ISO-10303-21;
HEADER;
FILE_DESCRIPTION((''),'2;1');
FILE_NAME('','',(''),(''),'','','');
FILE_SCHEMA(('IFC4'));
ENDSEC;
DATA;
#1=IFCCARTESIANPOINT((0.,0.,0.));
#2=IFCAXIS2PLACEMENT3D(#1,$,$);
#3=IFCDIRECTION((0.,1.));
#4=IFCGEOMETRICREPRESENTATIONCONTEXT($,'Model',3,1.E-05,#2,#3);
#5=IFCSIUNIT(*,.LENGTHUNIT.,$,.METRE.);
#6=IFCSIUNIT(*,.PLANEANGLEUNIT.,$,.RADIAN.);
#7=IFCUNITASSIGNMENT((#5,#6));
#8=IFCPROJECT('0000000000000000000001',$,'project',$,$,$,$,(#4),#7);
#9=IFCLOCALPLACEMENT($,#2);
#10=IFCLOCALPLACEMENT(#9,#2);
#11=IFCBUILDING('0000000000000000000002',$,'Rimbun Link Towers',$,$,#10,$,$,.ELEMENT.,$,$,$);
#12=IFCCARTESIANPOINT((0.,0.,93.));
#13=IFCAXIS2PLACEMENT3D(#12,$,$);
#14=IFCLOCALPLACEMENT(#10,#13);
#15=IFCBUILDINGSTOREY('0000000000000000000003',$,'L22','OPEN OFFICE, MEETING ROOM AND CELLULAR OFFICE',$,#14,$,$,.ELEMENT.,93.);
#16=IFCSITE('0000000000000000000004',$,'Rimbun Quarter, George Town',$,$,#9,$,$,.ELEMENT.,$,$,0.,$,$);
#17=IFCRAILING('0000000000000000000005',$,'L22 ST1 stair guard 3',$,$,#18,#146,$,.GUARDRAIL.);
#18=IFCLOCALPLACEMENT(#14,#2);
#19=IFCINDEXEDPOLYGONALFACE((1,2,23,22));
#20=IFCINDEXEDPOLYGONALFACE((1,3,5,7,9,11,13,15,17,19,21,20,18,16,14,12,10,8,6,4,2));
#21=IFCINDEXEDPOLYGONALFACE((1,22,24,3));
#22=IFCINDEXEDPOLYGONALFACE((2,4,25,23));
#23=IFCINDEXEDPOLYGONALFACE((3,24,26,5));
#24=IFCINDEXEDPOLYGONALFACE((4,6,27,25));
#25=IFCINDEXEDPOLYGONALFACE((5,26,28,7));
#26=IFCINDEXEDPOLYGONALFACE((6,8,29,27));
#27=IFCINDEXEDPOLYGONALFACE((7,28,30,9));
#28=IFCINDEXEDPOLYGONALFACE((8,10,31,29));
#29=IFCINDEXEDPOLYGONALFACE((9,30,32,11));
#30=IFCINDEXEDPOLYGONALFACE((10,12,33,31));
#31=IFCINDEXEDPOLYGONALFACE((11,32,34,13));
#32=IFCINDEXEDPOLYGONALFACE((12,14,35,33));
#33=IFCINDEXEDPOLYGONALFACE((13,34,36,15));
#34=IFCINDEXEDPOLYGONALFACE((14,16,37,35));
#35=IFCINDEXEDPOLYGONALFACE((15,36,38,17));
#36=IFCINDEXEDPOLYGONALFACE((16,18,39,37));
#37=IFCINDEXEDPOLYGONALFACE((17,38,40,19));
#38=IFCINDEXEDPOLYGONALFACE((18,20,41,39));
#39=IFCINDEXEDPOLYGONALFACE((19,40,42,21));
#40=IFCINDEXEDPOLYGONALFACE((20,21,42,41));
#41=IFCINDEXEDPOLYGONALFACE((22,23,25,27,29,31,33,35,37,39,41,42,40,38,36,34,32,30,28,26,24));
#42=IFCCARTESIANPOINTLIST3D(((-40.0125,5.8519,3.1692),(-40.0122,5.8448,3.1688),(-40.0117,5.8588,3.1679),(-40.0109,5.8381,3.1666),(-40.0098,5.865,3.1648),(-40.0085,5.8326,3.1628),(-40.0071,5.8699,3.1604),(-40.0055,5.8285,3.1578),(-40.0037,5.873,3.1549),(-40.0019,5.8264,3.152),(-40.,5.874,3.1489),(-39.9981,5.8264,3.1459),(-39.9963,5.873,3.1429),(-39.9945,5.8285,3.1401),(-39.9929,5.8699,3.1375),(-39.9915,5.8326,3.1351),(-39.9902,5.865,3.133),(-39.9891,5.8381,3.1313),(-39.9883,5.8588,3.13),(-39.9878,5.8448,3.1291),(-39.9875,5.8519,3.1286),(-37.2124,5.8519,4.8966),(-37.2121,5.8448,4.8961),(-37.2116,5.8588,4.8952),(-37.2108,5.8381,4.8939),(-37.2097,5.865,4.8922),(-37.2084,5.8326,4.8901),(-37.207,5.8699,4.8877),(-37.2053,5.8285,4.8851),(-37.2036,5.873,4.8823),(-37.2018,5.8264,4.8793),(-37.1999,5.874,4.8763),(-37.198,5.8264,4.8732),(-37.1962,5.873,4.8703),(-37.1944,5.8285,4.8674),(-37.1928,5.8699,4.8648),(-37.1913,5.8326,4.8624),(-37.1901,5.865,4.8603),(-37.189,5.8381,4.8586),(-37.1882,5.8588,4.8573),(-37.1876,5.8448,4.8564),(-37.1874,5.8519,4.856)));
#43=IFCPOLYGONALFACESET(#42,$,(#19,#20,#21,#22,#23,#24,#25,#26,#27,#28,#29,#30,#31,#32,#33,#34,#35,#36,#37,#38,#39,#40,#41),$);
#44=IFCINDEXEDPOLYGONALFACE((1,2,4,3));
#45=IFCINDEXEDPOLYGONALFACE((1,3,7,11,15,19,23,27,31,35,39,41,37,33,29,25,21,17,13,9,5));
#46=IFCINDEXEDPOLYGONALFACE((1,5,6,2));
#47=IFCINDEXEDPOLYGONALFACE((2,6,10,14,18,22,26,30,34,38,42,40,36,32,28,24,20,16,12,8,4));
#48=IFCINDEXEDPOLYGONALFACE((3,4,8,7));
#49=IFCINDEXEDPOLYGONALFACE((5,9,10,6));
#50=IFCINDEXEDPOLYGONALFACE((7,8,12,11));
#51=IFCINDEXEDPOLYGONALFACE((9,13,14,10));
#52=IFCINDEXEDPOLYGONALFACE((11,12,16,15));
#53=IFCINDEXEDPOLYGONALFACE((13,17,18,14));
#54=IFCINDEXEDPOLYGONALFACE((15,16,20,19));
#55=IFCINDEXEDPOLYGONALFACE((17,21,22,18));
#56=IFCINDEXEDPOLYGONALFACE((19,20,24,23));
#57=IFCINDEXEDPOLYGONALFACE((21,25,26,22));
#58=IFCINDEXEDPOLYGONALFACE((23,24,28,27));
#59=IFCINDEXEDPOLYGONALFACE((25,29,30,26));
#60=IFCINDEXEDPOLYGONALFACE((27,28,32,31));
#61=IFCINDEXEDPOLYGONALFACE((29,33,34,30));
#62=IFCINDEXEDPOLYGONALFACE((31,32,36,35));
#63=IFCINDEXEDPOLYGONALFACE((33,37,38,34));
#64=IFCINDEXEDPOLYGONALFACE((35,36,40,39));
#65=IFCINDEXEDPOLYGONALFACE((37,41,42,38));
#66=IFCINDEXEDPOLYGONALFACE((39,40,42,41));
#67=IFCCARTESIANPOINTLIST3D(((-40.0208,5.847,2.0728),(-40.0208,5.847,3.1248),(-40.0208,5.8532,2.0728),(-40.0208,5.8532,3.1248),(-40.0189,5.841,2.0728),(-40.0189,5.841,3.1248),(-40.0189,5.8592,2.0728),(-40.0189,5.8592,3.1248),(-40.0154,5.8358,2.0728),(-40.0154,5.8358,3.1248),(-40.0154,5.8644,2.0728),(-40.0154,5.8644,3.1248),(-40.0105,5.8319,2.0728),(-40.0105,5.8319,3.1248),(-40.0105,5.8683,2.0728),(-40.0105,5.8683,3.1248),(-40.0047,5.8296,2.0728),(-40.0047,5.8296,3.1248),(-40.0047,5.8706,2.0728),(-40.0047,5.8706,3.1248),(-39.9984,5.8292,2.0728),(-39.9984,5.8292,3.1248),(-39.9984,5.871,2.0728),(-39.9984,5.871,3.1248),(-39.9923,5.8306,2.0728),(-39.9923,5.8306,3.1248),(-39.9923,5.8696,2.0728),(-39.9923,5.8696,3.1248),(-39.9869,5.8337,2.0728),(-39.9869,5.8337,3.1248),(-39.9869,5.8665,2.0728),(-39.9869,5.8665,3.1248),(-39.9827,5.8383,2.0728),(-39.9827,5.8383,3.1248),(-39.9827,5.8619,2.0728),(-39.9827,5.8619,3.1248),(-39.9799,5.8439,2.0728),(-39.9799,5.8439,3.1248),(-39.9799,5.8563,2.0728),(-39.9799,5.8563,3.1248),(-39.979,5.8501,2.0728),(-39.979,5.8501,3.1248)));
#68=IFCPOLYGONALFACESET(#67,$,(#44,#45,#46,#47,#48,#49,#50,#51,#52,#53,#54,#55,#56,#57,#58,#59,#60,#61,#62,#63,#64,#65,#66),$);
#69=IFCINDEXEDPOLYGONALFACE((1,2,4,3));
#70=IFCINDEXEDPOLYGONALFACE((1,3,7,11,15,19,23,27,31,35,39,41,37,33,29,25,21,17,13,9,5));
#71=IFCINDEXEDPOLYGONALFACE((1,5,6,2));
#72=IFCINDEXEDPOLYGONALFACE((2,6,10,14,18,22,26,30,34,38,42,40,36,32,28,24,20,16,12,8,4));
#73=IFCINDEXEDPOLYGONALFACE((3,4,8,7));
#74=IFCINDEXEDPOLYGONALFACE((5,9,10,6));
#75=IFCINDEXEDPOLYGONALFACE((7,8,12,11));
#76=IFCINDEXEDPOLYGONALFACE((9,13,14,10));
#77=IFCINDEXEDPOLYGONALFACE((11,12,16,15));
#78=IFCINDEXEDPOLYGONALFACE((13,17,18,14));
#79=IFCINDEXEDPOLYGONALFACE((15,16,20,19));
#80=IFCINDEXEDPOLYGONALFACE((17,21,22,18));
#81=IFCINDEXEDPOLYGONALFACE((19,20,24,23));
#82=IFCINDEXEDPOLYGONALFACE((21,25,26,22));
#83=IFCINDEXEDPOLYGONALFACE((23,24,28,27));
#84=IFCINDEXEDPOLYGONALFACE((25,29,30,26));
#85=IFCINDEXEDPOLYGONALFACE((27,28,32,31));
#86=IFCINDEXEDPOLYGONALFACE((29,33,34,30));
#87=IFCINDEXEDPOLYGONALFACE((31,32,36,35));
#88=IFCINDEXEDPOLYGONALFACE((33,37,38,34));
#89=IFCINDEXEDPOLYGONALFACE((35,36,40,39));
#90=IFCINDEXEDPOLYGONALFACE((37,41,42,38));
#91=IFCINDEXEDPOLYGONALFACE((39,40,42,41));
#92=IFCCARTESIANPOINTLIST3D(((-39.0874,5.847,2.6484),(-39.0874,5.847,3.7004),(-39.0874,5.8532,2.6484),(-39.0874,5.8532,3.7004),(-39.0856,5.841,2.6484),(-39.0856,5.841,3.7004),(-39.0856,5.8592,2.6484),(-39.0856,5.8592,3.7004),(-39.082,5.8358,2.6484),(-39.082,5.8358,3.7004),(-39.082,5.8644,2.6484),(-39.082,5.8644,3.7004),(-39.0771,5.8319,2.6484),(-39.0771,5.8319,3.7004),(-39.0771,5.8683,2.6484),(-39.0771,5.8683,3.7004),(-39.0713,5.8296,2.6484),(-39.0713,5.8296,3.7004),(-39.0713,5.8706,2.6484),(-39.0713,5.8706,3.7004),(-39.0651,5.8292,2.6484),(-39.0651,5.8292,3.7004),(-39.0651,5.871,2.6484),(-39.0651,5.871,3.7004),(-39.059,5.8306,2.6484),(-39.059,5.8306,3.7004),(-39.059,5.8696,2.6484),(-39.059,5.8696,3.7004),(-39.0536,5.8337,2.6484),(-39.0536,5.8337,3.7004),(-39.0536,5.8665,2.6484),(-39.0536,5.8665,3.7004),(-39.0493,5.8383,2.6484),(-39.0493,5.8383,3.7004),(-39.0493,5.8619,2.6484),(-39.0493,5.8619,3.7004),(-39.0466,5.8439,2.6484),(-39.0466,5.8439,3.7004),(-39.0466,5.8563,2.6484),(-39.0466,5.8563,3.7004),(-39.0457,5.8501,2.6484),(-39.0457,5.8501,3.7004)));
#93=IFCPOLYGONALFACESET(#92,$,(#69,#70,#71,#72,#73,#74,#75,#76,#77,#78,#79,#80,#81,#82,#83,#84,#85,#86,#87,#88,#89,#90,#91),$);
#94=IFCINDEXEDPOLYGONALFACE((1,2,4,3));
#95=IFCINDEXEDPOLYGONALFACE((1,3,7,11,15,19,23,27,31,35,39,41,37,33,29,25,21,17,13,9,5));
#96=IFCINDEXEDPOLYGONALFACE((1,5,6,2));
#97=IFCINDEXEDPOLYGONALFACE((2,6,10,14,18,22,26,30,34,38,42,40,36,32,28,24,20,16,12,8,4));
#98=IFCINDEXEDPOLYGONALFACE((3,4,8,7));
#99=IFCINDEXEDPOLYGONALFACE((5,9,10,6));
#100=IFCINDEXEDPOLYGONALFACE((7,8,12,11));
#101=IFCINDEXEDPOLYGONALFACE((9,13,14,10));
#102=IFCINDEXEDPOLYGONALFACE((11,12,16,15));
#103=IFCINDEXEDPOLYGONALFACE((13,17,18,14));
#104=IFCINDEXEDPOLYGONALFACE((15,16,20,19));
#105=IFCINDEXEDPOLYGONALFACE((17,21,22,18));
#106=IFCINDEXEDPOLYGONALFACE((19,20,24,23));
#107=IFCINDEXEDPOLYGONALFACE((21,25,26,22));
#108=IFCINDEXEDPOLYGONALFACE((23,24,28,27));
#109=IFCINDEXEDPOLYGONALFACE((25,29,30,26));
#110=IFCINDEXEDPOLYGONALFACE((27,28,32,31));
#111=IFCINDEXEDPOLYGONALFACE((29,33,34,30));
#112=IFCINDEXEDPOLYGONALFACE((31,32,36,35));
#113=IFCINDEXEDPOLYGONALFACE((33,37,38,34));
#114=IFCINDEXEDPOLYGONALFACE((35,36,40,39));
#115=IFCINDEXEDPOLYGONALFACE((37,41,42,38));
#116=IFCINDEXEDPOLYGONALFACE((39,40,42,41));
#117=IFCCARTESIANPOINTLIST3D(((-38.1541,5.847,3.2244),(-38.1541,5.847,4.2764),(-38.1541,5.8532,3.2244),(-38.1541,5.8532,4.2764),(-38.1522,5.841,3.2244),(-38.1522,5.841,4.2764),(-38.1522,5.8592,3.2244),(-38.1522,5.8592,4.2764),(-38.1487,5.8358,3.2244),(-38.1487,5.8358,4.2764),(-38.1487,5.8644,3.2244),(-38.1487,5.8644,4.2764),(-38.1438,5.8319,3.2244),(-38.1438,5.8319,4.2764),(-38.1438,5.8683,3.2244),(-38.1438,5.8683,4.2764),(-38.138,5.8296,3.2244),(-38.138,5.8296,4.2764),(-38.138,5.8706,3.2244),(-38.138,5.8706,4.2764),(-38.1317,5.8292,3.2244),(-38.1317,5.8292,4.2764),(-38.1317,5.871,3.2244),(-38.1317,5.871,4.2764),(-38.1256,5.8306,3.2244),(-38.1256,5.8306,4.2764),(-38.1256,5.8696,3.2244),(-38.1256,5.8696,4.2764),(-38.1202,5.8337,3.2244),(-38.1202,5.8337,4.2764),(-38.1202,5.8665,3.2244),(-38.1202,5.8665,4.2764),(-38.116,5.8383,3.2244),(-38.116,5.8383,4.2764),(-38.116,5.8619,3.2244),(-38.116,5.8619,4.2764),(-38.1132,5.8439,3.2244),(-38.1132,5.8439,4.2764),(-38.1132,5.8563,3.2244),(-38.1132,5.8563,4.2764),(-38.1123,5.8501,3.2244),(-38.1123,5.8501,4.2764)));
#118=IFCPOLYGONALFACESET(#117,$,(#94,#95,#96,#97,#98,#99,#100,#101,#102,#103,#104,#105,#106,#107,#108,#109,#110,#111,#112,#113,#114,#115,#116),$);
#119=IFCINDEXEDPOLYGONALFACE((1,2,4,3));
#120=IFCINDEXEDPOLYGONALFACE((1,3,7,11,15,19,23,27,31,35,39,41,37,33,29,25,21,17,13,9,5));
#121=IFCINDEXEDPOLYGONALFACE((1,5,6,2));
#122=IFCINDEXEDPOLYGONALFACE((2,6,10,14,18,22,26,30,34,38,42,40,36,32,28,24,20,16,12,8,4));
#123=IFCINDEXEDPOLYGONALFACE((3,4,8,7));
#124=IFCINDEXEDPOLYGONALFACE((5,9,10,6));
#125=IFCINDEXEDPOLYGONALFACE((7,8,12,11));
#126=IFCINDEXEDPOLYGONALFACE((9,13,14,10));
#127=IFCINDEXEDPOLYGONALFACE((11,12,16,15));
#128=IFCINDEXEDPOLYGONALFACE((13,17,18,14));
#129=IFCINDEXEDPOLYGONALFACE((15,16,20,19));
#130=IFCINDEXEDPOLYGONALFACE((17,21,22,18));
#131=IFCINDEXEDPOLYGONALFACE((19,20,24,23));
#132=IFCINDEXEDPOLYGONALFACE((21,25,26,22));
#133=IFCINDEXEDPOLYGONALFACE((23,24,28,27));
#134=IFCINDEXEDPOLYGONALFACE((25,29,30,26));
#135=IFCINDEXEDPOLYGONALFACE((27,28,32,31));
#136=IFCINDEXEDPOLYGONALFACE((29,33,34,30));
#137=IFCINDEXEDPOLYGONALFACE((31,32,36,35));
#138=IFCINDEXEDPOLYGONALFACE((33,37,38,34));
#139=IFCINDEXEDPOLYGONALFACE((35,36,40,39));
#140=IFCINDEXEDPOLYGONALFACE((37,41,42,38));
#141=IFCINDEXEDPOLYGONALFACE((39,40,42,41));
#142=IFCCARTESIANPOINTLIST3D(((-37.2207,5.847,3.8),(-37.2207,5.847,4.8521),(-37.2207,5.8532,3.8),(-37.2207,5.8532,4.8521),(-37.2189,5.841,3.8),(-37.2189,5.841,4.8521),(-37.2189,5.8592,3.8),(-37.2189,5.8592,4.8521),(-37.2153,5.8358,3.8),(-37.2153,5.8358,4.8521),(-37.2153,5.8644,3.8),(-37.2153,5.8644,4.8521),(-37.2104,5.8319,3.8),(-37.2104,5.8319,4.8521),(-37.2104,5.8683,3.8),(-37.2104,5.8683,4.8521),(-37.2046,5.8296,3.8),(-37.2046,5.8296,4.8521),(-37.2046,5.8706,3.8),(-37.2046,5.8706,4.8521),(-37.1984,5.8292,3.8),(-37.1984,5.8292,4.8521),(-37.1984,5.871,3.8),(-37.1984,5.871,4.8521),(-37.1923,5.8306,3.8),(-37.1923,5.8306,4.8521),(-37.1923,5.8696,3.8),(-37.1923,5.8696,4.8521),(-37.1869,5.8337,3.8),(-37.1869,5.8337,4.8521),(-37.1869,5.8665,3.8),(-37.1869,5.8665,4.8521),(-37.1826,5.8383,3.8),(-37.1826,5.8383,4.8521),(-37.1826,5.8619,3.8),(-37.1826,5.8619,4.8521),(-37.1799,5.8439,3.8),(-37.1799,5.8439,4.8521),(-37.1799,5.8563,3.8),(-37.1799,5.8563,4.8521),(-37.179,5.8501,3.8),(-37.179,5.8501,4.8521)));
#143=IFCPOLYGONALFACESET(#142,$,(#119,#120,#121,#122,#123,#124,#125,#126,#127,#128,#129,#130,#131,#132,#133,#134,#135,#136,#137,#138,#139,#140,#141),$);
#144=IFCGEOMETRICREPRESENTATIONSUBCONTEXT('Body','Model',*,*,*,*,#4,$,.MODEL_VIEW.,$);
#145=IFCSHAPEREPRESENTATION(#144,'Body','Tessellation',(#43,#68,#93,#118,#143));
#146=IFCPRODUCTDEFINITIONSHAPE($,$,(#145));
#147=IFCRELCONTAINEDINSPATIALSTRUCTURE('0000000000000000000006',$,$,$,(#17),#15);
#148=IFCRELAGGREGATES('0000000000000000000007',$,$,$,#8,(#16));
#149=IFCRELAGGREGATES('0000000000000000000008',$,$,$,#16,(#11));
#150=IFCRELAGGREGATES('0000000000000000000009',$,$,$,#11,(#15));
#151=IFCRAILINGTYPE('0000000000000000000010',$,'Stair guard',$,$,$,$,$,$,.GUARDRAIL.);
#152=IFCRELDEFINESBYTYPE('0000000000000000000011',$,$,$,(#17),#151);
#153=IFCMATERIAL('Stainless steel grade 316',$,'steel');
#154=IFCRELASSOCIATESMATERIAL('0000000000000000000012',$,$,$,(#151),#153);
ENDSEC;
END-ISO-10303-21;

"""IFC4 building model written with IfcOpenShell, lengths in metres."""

from ifc_helpers import new_model, si_unit, direction, frame, origin, origin_2d, place, context, subcontext, project, spatial, circle, extrude, material, type_object, element, save


model = new_model("IFC4")

# Units and contexts
model_context = context("Model", 3, precision=1e-05, world=origin(), true_north=direction((0.0, 1.0)))
body_context = subcontext(model_context, "Body", "Model", "MODEL_VIEW")
ifc_project = project(units=[si_unit("LENGTHUNIT", "METRE"), si_unit("PLANEANGLEUNIT", "RADIAN")], contexts=[model_context])

# Site, building, storey
site_placement = place(None, origin())
site = spatial("IfcSite", under=ifc_project, at=site_placement, Name="Rimbun Quarter, George Town", CompositionType="ELEMENT", RefElevation=0.0)
building_placement = place(site_placement, origin())
building = spatial("IfcBuilding", under=site, at=building_placement, Name="Rimbun Link Towers", CompositionType="ELEMENT")
storey_placement = place(building_placement, frame((0.0, 0.0, 93.0)))
storey = spatial("IfcBuildingStorey", under=building, at=storey_placement, Name="L22", Description="OPEN OFFICE, MEETING ROOM AND CELLULAR OFFICE", CompositionType="ELEMENT", Elevation=93.0)

# Railing
ifc_material_1 = material(Name="Stainless steel grade 316", Category="steel")
railing_type_1 = type_object("IfcRailingType", Name="Stair guard", PredefinedType="GUARDRAIL", material=ifc_material_1)
railing_1_placement = place(storey_placement, frame((-40.0, 5.8501, 2.0728)))
element("IfcRailing", 1, at=railing_1_placement, inside=storey, type_object=railing_type_1, Name="L22 ST1 stair guard 3", PredefinedType="GUARDRAIL", context=body_context, shape_type="SweptSolid", body=[
    extrude(circle(Radius=0.0239, at=origin_2d()), frame((0.0, 0.0, 1.0762), z_axis=(0.85109, 0.0, 0.52502), x_axis=(0.0, 1.0, 0.0)), (0.0, 0.0, 1.0), 3.29),
    extrude(circle(Radius=0.021, at=origin_2d()), origin(), (0.0, 0.0, 1.0), 1.052),
    extrude(circle(Radius=0.021, at=origin_2d()), frame((0.9333, 0.0, 0.5757)), (0.0, 0.0, 1.0), 1.052),
    extrude(circle(Radius=0.021, at=origin_2d()), frame((1.8667, 0.0, 1.1516)), (0.0, 0.0, 1.0), 1.052),
    extrude(circle(Radius=0.021, at=origin_2d()), frame((2.8, 0.0, 1.7273)), (0.0, 0.0, 1.0), 1.052),
])

save(model, "model.ifc")
